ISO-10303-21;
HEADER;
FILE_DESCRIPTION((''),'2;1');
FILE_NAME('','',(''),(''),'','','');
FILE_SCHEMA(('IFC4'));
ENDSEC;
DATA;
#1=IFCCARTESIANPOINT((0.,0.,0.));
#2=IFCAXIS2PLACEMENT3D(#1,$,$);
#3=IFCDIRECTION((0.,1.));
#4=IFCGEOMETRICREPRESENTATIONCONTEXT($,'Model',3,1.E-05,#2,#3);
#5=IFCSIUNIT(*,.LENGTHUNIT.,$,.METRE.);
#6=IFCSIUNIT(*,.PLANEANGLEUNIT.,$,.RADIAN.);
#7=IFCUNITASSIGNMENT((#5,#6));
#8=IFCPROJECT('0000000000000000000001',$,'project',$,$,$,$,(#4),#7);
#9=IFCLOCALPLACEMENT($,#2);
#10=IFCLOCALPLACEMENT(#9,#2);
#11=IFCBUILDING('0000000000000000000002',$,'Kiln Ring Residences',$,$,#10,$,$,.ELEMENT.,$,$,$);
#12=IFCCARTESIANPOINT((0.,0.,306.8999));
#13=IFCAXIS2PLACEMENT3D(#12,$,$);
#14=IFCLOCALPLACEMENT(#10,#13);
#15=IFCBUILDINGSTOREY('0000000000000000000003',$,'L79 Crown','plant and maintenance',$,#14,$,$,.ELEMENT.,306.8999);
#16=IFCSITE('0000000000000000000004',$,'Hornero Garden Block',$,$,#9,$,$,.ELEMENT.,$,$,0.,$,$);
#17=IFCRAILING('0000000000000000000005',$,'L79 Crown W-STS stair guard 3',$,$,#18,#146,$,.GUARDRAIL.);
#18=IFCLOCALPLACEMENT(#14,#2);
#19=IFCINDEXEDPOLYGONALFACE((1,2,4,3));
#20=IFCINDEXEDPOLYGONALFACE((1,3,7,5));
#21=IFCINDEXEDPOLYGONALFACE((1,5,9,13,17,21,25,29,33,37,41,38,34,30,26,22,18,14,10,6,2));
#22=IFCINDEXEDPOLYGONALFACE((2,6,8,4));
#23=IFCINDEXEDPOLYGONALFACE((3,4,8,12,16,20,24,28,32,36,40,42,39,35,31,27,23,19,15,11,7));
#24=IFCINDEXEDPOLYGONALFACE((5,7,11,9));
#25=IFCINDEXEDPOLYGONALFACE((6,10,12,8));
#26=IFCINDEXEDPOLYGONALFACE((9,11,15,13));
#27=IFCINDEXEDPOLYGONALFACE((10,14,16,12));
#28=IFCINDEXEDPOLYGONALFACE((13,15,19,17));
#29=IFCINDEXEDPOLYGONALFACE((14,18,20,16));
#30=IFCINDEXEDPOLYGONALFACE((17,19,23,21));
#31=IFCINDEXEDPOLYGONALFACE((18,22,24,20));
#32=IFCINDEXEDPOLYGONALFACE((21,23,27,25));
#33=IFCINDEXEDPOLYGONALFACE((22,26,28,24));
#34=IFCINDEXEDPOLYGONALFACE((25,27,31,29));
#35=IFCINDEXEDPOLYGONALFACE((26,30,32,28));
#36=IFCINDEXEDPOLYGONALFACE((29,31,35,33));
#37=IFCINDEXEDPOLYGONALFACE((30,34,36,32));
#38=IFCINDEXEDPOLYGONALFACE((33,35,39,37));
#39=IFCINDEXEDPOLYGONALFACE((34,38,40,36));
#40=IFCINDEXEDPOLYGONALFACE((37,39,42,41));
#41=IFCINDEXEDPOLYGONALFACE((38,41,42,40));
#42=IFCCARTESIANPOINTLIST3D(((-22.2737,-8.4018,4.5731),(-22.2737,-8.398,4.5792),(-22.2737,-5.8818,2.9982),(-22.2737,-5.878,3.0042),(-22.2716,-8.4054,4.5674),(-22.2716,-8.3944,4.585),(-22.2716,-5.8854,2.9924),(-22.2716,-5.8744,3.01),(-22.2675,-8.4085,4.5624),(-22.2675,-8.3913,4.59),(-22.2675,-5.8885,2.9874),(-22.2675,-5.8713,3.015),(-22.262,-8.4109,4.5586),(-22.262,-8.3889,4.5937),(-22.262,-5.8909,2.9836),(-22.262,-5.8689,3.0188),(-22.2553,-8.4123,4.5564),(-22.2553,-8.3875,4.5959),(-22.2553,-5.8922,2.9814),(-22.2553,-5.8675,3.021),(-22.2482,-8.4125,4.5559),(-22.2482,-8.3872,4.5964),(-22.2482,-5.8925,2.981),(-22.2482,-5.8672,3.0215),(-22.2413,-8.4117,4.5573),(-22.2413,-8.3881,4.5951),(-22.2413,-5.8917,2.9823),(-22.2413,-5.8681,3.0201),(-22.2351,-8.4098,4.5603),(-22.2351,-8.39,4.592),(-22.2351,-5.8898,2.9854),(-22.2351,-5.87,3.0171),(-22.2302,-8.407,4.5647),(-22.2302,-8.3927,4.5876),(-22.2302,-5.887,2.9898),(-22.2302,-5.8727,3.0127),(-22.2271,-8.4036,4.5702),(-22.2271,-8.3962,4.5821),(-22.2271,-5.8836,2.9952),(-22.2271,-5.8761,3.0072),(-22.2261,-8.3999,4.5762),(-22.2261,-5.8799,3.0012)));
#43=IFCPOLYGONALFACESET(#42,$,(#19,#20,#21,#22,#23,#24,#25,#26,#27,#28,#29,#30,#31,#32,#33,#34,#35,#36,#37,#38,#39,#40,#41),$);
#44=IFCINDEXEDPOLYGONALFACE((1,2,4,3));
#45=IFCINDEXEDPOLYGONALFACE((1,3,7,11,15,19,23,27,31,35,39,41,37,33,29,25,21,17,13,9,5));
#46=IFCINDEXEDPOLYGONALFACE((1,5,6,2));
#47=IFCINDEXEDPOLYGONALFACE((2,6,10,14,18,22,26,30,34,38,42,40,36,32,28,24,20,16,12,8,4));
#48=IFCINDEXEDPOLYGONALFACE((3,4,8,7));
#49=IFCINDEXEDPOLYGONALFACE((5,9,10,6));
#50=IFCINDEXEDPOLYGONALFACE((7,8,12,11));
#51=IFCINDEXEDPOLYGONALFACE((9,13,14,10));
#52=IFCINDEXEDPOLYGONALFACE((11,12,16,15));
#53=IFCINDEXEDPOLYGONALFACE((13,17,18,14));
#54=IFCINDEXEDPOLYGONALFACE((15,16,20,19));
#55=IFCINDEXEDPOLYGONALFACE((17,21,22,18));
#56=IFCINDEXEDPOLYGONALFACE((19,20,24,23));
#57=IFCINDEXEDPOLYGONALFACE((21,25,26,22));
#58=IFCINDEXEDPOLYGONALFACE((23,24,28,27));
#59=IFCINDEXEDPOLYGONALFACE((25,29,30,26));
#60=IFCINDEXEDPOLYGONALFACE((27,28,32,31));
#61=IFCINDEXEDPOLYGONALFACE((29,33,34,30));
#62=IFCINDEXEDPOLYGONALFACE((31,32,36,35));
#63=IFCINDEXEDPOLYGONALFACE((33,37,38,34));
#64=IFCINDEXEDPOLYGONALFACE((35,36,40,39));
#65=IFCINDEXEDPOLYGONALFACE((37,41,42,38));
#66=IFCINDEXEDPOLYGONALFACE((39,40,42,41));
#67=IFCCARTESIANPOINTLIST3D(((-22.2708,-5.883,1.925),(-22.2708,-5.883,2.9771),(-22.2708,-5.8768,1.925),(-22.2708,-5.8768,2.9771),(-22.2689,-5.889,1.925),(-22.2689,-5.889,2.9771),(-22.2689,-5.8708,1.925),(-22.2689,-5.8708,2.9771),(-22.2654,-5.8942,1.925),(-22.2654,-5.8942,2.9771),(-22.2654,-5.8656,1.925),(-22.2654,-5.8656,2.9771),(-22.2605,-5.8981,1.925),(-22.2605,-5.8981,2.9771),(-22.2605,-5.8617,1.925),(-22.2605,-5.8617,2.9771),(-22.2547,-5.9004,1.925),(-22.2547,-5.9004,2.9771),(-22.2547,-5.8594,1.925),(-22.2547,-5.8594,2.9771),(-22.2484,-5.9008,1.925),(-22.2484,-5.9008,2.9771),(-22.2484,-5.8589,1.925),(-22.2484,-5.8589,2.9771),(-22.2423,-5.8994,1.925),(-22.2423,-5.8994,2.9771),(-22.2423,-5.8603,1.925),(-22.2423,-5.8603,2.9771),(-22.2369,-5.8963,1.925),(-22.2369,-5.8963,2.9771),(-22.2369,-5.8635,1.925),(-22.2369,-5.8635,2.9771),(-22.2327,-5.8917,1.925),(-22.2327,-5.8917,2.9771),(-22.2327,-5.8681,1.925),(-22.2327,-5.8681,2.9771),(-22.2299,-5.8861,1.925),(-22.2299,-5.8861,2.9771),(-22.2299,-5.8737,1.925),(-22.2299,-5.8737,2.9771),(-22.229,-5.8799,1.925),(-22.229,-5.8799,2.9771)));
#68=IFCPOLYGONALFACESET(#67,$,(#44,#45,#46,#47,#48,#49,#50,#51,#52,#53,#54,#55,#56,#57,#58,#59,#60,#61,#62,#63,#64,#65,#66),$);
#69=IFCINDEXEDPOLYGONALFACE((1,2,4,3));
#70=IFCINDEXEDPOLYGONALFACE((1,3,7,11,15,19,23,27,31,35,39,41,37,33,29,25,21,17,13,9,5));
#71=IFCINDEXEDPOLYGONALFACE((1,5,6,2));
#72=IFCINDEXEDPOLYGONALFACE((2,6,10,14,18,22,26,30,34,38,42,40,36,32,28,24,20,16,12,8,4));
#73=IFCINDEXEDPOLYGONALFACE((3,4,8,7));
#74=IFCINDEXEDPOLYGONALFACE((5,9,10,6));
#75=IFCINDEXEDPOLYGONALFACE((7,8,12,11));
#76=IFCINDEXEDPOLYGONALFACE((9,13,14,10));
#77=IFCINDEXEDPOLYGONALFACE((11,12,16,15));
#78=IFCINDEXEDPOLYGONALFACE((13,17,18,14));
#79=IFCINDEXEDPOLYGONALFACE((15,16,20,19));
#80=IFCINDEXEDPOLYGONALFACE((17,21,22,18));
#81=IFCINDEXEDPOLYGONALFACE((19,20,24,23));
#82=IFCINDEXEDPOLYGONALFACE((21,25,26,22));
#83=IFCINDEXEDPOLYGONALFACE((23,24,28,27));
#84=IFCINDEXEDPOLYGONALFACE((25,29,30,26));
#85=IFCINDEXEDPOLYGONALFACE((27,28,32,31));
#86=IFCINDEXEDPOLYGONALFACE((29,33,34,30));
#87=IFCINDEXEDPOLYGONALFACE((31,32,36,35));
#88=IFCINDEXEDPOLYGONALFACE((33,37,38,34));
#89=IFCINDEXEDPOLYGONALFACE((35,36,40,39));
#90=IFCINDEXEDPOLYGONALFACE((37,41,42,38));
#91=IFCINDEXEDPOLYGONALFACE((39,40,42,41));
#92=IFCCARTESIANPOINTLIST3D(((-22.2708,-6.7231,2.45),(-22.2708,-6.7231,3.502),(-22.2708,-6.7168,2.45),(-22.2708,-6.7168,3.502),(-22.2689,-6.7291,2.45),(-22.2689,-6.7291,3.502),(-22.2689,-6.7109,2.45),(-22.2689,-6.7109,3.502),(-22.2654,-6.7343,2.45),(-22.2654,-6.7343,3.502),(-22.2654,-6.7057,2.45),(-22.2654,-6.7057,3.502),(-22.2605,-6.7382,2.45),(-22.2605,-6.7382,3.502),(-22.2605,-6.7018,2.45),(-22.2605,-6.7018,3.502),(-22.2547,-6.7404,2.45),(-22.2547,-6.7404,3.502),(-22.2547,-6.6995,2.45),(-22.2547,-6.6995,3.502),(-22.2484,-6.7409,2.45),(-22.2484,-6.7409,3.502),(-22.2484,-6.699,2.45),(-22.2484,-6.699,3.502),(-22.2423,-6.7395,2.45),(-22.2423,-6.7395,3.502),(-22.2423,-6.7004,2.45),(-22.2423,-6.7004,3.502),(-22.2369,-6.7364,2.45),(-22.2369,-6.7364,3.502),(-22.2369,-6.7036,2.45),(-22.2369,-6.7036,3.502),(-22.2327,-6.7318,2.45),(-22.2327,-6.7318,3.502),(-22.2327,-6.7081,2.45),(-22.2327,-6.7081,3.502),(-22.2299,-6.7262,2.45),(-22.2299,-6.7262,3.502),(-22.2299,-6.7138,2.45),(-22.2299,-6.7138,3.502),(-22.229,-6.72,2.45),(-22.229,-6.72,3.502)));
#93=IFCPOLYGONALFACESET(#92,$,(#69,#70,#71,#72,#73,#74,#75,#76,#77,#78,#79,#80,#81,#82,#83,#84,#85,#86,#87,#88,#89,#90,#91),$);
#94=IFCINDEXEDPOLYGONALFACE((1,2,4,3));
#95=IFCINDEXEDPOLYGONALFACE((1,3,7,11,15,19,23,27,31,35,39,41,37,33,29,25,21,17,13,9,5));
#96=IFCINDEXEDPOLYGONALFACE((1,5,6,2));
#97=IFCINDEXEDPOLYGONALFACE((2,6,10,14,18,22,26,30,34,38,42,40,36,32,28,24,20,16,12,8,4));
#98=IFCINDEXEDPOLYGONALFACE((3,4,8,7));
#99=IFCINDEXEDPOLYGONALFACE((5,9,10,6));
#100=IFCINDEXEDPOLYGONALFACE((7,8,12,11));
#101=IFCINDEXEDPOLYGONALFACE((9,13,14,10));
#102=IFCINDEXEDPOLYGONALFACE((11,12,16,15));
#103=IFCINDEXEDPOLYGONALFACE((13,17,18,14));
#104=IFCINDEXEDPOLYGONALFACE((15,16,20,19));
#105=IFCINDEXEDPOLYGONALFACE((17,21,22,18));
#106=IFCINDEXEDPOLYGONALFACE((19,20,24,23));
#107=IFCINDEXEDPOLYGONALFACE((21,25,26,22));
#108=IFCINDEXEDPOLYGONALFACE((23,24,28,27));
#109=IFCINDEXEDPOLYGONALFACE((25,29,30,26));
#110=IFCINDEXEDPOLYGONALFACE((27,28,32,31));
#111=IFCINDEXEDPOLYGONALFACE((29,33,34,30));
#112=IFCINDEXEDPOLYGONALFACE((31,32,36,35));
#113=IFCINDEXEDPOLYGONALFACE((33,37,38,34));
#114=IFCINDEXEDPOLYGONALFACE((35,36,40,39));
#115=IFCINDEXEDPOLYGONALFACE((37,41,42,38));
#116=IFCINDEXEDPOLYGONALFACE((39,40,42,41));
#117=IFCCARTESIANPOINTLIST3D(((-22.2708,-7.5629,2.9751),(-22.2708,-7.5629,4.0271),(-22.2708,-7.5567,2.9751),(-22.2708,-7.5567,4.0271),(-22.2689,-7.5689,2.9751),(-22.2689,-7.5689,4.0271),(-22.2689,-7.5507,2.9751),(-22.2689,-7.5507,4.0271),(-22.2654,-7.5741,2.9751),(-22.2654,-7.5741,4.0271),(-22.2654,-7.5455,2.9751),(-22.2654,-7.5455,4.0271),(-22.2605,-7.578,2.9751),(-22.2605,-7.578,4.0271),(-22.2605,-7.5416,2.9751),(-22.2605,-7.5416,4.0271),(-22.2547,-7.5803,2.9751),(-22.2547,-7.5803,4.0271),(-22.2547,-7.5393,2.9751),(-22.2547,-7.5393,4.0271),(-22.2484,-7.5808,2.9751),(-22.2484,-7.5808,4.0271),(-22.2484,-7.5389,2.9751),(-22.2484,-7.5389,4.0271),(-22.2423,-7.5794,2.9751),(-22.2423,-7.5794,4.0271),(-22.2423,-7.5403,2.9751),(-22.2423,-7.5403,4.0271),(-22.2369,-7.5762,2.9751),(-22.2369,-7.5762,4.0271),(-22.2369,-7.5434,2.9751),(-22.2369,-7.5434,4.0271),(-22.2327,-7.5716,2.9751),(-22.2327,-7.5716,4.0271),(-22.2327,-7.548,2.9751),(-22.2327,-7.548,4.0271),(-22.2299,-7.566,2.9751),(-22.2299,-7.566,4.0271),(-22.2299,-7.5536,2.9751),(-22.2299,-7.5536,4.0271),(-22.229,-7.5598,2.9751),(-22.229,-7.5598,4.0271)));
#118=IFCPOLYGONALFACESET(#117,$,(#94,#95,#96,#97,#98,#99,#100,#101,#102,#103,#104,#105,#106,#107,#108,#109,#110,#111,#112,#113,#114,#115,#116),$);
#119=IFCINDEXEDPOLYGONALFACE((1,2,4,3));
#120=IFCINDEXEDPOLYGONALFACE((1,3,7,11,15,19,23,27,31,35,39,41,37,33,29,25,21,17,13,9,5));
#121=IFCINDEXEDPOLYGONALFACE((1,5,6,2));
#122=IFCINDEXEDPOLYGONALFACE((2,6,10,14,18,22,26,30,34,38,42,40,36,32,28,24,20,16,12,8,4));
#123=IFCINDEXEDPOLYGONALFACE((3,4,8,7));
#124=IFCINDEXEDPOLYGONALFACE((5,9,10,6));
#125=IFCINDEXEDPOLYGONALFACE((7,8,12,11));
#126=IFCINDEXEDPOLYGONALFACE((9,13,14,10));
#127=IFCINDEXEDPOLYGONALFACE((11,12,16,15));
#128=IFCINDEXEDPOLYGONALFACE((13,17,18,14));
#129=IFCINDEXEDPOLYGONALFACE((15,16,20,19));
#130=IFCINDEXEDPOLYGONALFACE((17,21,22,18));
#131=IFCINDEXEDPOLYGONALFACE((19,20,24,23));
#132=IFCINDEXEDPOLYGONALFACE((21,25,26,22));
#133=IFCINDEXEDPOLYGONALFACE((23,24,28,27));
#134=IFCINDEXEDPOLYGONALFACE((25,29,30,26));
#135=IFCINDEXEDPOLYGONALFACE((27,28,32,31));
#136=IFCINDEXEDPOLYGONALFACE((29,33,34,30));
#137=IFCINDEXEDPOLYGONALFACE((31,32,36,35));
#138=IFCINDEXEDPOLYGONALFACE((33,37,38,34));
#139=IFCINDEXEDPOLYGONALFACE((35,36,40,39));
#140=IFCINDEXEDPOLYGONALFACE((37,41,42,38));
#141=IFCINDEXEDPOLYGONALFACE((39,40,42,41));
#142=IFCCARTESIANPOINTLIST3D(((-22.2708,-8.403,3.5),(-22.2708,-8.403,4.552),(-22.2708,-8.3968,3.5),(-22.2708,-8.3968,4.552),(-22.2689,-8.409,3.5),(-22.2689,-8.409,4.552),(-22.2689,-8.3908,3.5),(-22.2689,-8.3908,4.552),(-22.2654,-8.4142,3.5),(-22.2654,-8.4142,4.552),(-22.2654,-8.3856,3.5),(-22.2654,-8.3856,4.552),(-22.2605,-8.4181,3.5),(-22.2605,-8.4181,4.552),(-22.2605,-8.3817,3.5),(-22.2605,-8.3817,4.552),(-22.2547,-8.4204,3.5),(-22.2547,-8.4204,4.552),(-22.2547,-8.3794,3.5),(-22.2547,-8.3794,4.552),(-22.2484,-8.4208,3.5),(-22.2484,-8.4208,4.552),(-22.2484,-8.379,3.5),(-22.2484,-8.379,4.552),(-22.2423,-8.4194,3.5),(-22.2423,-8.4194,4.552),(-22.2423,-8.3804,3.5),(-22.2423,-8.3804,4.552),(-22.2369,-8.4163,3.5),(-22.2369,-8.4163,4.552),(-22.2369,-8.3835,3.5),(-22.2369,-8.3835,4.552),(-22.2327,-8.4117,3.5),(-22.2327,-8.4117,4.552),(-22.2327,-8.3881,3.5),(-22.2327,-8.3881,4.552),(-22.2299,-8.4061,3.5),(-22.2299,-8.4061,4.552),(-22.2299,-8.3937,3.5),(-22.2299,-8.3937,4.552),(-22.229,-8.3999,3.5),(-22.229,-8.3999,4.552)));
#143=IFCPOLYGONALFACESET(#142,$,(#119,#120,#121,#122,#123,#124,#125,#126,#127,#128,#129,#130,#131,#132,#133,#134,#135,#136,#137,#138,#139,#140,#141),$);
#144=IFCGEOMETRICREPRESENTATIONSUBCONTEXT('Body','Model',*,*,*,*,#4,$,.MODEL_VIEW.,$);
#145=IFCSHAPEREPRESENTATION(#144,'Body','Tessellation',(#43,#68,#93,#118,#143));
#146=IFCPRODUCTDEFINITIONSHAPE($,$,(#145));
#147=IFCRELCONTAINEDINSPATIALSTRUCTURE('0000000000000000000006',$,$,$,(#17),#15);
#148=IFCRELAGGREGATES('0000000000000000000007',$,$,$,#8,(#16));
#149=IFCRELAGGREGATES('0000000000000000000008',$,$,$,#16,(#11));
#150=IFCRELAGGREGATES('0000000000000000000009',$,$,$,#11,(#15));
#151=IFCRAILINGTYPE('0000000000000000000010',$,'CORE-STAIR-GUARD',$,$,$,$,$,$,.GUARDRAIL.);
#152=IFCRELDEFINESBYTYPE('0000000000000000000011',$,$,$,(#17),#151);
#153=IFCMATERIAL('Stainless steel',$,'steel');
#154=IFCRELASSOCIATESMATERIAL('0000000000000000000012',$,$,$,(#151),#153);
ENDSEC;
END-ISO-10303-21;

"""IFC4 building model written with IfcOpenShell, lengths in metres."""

from ifc_helpers import new_model, si_unit, direction, frame, origin, origin_2d, place, context, subcontext, project, spatial, circle, extrude, material, type_object, element, save


model = new_model("IFC4")

# Units and contexts
model_context = context("Model", 3, precision=1e-05, world=origin(), true_north=direction((0.0, 1.0)))
body_context = subcontext(model_context, "Body", "Model", "MODEL_VIEW")
ifc_project = project(units=[si_unit("LENGTHUNIT", "METRE"), si_unit("PLANEANGLEUNIT", "RADIAN")], contexts=[model_context])

# Site, building, storey
site_placement = place(None, origin())
site = spatial("IfcSite", under=ifc_project, at=site_placement, Name="Hornero Garden Block", CompositionType="ELEMENT", RefElevation=0.0)
building_placement = place(site_placement, origin())
building = spatial("IfcBuilding", under=site, at=building_placement, Name="Kiln Ring Residences", CompositionType="ELEMENT")
storey_placement = place(building_placement, frame((0.0, 0.0, 306.8999)))
storey = spatial("IfcBuildingStorey", under=building, at=storey_placement, Name="L79 Crown", Description="plant and maintenance", CompositionType="ELEMENT", Elevation=306.8999)

# Railing
ifc_material_1 = material(Name="Stainless steel", Category="steel")
railing_type_1 = type_object("IfcRailingType", Name="CORE-STAIR-GUARD", PredefinedType="GUARDRAIL", material=ifc_material_1)
railing_1_placement = place(storey_placement, frame((-22.25, -5.8799, 1.925)))
element("IfcRailing", 1, at=railing_1_placement, inside=storey, type_object=railing_type_1, Name="L79 Crown W-STS stair guard 3", PredefinedType="GUARDRAIL", context=body_context, shape_type="SweptSolid", body=[
    extrude(circle(Radius=0.0239, at=origin_2d()), frame((0.0, 0.0, 1.0762), z_axis=(0.0, -0.848008, 0.529984), x_axis=(1.0, 0.0, 0.0)), (0.0, 0.0, 1.0), 2.9717),
    extrude(circle(Radius=0.021, at=origin_2d()), origin(), (0.0, 0.0, 1.0), 1.052),
    extrude(circle(Radius=0.021, at=origin_2d()), frame((0.0, -0.8401, 0.5249)), (0.0, 0.0, 1.0), 1.052),
    extrude(circle(Radius=0.021, at=origin_2d()), frame((0.0, -1.6799, 1.05)), (0.0, 0.0, 1.0), 1.052),
    extrude(circle(Radius=0.021, at=origin_2d()), frame((0.0, -2.52, 1.575)), (0.0, 0.0, 1.0), 1.052),
])

save(model, "model.ifc")
